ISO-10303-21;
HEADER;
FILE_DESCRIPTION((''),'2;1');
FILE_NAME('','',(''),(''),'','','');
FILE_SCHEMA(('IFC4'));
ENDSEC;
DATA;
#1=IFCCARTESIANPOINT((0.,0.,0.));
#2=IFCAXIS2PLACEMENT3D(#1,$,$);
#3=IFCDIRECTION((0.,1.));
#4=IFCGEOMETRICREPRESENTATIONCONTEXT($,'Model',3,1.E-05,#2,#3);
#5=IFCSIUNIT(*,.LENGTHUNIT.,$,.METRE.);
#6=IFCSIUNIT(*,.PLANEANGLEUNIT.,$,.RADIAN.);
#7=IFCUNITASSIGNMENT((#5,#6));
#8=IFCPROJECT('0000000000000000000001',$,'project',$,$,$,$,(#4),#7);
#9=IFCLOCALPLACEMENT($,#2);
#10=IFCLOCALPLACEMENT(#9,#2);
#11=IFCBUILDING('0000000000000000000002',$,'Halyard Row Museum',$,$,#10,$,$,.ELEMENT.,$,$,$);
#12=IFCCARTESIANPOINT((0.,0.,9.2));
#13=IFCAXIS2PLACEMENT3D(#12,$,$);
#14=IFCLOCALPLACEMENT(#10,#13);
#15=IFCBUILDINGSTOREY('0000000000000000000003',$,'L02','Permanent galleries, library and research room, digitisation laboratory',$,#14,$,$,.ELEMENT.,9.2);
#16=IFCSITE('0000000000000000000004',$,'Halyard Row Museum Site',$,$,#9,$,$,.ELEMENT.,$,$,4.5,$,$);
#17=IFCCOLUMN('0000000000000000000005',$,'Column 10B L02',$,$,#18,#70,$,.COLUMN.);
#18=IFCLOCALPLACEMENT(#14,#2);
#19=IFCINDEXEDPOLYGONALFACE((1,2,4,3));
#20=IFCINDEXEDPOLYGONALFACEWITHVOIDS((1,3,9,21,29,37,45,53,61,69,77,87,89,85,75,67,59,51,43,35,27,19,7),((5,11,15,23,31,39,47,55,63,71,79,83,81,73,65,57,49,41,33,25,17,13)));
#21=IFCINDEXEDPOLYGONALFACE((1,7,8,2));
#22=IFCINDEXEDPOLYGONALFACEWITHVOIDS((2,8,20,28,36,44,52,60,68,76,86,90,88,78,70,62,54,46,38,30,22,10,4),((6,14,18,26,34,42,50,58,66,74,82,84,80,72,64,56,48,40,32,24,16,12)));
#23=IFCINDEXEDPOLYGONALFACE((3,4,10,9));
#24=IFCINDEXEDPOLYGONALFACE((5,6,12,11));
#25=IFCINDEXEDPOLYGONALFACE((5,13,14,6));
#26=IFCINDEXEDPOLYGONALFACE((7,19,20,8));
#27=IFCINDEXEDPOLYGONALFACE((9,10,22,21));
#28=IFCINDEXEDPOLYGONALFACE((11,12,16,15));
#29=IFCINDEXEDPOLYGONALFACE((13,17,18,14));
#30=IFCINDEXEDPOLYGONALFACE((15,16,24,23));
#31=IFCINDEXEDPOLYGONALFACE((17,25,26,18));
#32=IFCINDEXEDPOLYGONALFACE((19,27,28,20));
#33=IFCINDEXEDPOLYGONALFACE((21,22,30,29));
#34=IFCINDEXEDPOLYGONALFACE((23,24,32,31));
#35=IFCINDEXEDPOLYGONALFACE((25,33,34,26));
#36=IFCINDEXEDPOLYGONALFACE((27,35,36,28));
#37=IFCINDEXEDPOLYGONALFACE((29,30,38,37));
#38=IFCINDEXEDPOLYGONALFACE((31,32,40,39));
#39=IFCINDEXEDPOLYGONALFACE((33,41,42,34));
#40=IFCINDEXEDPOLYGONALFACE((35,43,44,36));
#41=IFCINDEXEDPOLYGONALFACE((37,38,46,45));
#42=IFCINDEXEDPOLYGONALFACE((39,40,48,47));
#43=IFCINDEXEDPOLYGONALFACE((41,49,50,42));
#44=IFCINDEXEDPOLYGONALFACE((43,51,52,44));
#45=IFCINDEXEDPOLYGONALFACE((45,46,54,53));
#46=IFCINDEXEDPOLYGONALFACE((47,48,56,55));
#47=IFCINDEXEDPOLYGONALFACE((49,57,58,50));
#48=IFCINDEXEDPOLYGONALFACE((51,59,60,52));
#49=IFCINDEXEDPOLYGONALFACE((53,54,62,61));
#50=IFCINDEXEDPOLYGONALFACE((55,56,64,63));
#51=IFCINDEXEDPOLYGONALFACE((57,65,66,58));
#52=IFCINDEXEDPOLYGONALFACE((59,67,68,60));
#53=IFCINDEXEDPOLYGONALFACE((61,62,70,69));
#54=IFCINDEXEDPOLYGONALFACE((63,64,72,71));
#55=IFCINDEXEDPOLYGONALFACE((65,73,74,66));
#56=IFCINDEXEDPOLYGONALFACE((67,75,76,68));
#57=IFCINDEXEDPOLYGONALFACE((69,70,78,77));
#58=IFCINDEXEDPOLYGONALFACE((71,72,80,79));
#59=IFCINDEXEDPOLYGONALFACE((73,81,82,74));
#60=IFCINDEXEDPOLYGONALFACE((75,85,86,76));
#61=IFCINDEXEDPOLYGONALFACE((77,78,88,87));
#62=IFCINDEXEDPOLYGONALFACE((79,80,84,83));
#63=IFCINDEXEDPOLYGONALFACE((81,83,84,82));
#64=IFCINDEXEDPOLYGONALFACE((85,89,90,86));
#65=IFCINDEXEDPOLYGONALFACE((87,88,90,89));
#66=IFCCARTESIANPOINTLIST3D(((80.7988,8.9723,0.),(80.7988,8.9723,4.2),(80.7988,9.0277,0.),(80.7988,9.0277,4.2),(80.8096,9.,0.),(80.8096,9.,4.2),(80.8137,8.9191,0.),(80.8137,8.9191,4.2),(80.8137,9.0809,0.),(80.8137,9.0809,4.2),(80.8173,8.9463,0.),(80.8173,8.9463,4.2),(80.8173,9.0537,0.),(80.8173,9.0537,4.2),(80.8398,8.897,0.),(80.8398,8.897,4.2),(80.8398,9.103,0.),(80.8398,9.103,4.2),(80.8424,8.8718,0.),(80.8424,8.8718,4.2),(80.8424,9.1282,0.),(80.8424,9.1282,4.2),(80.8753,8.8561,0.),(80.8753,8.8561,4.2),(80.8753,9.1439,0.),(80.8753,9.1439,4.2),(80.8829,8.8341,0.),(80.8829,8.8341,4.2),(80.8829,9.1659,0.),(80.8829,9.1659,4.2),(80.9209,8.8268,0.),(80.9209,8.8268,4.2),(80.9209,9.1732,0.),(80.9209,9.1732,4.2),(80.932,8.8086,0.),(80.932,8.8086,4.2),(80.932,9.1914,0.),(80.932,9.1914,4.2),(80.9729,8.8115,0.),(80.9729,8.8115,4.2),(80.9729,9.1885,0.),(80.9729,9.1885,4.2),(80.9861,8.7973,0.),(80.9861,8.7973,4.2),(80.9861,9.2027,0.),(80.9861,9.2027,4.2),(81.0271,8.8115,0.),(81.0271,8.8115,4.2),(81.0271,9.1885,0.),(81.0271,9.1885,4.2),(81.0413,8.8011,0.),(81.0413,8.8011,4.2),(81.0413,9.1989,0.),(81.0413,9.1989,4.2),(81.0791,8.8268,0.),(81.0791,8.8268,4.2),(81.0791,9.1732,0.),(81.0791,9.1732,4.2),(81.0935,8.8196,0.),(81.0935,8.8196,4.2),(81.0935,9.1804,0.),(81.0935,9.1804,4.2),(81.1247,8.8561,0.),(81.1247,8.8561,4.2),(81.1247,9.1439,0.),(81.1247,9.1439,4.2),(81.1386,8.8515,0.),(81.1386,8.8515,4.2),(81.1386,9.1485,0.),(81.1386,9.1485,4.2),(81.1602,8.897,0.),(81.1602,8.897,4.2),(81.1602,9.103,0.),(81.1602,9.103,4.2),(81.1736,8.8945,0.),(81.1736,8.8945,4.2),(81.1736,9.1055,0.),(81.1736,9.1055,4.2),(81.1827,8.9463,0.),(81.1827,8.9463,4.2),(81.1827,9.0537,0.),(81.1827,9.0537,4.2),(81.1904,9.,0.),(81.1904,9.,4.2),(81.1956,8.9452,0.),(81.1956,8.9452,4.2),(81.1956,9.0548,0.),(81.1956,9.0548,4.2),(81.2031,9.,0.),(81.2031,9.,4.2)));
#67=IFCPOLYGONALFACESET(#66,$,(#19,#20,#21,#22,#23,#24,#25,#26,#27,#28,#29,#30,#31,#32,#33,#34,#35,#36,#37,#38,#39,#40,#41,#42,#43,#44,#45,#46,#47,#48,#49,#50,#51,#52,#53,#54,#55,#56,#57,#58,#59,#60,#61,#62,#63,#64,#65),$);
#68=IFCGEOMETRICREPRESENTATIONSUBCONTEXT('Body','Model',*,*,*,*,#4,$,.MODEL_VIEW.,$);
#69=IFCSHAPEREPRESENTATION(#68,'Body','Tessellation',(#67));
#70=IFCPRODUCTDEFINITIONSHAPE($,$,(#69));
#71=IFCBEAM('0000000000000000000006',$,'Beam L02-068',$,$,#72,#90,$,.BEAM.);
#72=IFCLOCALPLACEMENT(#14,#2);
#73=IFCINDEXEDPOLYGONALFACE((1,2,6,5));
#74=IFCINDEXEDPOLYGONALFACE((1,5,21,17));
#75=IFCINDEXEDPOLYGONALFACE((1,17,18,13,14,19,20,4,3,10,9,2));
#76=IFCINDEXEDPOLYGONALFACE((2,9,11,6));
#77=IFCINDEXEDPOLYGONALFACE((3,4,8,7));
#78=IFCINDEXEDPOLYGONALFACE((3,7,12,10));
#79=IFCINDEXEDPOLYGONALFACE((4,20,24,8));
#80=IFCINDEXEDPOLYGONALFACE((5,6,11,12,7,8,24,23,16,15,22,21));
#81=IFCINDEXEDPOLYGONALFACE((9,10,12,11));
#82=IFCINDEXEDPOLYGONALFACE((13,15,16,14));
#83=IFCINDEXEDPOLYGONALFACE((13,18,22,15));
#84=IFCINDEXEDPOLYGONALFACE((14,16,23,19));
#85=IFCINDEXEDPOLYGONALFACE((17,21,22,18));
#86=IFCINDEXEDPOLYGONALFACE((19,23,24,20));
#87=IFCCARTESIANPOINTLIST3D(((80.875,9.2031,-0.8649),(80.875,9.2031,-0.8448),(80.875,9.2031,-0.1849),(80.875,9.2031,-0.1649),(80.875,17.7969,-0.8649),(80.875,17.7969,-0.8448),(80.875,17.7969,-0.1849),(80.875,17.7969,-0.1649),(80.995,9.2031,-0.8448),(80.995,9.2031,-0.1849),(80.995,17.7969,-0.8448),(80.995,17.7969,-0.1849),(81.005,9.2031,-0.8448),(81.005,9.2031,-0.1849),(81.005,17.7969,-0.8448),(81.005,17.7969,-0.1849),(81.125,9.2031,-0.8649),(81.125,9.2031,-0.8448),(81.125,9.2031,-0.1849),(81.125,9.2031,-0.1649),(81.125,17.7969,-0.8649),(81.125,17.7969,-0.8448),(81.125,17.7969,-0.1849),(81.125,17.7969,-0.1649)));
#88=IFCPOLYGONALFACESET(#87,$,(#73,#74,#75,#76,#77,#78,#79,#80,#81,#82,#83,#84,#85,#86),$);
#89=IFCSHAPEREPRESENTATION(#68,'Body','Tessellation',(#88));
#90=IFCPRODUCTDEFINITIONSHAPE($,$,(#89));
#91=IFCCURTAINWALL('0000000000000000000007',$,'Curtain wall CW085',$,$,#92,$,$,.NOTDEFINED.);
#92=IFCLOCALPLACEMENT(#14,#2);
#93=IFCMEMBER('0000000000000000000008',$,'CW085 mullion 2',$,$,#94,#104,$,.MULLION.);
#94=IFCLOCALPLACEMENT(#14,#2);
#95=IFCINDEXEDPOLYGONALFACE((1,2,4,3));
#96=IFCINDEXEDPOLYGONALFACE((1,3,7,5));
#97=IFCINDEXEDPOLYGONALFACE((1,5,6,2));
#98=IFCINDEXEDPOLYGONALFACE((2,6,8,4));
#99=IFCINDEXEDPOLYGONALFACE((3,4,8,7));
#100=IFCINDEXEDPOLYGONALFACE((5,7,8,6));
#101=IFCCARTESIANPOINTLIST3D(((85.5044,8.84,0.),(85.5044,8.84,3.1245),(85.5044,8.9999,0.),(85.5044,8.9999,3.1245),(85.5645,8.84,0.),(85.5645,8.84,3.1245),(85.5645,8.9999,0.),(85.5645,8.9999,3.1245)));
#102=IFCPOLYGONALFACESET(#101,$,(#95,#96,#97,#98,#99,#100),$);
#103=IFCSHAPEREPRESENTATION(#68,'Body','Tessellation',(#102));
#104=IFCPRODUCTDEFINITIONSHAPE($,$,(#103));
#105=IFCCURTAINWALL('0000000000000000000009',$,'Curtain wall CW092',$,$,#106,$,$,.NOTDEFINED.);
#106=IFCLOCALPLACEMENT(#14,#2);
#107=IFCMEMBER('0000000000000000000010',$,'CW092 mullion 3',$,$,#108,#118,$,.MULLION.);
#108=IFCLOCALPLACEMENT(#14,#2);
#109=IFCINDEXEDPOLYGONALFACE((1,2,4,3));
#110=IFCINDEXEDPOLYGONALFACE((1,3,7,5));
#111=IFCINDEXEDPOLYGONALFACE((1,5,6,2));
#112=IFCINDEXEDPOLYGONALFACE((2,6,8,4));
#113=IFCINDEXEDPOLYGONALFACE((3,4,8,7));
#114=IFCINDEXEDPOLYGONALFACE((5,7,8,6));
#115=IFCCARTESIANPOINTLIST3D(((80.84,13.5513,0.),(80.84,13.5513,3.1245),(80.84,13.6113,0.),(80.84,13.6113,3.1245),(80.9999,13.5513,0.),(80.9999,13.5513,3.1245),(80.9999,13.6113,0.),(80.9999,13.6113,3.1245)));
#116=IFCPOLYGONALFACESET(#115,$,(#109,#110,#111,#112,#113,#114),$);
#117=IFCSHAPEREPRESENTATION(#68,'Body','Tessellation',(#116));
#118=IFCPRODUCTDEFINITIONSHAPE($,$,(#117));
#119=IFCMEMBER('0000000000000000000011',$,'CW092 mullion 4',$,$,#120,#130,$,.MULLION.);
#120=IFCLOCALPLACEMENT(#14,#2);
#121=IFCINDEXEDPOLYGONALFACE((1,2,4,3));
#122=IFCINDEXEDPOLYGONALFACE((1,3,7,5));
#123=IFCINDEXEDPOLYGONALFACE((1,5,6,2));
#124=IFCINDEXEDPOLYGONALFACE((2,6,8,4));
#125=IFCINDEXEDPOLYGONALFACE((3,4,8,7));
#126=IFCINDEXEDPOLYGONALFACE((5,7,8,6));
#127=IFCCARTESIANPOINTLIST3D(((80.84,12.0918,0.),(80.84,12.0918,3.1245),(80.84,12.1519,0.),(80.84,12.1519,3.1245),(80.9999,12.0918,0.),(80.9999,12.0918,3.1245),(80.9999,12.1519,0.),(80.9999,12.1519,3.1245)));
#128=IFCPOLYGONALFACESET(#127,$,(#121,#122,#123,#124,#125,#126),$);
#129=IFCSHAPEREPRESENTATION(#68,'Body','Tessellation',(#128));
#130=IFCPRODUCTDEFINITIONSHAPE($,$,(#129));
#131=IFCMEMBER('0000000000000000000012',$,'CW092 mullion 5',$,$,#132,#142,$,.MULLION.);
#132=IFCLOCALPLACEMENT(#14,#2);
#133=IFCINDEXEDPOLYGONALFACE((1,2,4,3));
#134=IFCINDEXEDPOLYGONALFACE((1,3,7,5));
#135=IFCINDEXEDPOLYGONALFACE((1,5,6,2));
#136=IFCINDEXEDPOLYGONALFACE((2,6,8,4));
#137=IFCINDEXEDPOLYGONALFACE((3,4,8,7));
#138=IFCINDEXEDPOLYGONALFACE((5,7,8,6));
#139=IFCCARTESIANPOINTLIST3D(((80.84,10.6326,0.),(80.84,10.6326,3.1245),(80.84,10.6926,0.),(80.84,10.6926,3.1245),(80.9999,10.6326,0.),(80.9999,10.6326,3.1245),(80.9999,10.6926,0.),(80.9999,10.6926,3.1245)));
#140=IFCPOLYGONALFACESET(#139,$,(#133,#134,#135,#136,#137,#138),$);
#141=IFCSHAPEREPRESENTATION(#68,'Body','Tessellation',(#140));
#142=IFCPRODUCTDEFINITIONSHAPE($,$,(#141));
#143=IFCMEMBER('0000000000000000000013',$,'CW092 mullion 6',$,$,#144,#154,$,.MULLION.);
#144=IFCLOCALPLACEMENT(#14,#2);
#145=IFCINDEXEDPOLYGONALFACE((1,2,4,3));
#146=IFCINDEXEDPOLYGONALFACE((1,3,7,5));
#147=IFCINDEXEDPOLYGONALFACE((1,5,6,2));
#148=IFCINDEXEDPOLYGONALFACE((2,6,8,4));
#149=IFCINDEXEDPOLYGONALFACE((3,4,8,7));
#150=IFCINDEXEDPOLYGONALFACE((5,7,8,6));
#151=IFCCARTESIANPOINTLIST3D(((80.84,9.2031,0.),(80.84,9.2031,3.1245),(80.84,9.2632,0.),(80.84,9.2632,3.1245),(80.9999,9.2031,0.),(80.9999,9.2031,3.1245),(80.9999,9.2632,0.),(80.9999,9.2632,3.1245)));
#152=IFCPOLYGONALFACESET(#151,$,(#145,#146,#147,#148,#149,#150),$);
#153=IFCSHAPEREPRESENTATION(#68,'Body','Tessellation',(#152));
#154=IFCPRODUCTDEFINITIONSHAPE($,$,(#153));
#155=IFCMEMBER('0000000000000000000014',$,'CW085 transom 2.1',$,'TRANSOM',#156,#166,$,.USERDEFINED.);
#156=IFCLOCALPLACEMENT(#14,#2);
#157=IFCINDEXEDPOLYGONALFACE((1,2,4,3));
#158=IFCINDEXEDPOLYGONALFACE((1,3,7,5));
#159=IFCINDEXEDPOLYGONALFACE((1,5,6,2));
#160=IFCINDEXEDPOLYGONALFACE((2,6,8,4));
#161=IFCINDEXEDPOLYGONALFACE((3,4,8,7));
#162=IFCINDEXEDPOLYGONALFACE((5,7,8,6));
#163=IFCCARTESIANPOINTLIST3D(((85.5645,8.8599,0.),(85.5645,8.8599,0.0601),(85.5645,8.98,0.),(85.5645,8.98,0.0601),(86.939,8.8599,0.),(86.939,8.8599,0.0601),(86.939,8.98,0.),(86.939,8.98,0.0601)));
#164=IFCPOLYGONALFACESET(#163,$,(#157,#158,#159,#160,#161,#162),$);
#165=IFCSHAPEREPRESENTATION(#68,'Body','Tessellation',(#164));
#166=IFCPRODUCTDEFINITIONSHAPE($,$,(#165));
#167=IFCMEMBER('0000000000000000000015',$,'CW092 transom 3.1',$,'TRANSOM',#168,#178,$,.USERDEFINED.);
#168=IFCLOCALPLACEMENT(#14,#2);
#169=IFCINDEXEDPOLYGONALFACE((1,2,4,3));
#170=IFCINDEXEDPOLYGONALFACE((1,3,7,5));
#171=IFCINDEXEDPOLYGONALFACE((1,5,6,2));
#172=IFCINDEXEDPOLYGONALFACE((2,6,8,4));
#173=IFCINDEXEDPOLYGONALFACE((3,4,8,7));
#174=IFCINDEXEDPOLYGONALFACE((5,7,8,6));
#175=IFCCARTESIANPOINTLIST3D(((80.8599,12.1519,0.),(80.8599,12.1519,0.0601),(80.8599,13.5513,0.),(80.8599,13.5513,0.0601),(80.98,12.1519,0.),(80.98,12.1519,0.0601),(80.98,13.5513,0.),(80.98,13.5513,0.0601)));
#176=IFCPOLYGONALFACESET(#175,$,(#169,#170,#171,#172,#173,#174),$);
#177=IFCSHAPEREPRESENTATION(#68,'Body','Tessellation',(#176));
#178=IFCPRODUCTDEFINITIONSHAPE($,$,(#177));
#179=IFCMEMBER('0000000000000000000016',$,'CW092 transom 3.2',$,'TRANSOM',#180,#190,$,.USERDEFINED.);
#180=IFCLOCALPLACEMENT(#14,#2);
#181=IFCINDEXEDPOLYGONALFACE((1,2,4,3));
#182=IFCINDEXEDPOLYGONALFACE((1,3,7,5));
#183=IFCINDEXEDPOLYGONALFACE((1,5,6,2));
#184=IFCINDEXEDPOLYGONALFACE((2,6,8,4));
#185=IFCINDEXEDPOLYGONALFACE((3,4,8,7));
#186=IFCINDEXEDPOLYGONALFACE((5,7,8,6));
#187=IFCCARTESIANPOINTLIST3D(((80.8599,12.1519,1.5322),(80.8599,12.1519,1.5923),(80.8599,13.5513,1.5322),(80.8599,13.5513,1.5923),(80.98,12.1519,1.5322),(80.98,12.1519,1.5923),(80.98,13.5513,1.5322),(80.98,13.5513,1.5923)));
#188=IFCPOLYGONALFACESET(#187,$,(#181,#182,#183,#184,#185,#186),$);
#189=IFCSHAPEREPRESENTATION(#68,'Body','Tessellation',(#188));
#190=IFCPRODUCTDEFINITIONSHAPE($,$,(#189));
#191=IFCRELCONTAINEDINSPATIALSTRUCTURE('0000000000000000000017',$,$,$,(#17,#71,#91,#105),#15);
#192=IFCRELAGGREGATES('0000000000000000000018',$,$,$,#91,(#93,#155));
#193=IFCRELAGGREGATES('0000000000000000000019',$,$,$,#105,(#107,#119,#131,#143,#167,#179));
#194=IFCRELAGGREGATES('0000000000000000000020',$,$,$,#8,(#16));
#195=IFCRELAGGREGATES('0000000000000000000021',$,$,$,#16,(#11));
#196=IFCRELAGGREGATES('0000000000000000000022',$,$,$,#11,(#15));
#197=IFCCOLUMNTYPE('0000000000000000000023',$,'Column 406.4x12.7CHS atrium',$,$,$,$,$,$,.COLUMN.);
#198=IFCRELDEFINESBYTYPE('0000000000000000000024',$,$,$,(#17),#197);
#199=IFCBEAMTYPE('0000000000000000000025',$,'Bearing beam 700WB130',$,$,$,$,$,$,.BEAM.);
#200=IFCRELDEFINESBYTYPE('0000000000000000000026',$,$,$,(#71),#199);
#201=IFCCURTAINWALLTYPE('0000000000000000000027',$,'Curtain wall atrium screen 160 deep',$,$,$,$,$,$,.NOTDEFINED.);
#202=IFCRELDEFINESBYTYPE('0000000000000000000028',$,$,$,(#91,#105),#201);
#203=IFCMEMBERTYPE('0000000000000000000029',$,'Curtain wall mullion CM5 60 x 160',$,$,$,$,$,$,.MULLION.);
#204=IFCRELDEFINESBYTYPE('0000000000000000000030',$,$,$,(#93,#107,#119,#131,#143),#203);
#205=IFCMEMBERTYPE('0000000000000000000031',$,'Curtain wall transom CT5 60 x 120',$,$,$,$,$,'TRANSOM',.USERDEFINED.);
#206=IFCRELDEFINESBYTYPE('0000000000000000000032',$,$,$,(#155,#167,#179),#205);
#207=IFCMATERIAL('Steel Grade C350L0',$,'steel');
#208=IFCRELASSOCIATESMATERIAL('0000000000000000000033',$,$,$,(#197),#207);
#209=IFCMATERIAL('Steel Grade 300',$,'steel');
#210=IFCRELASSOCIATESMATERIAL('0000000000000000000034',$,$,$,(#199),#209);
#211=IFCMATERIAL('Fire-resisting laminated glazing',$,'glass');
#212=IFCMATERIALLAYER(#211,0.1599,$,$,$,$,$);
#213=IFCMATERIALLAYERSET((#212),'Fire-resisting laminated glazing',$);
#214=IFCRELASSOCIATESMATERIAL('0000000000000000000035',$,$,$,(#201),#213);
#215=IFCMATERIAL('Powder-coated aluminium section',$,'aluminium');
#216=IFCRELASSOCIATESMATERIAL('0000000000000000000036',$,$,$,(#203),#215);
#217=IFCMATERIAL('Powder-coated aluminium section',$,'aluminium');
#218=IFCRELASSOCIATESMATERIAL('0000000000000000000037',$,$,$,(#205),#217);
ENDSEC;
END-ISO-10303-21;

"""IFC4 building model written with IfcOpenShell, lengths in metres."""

from ifc_helpers import new_model, si_unit, direction, frame, origin, origin_2d, place, context, subcontext, project, spatial, rectangle, hollow_circle, i_section, extrude, material, layer, layer_set, material_profile, profile_set, type_object, element, aggregate, save


model = new_model("IFC4")

# Units and contexts
model_context = context("Model", 3, precision=1e-05, world=origin(), true_north=direction((0.0, 1.0)))
body_context = subcontext(model_context, "Body", "Model", "MODEL_VIEW")
ifc_project = project(units=[si_unit("LENGTHUNIT", "METRE"), si_unit("PLANEANGLEUNIT", "RADIAN")], contexts=[model_context])

# Site, building, storey
site_placement = place(None, origin())
site = spatial("IfcSite", under=ifc_project, at=site_placement, Name="Halyard Row Museum Site", CompositionType="ELEMENT", RefElevation=4.5)
building_placement = place(site_placement, origin())
building = spatial("IfcBuilding", under=site, at=building_placement, Name="Halyard Row Museum", CompositionType="ELEMENT")
storey_placement = place(building_placement, frame((0.0, 0.0, 9.2)))
storey = spatial("IfcBuildingStorey", under=building, at=storey_placement, Name="L02", Description="Permanent galleries, library and research room, digitisation laboratory", CompositionType="ELEMENT", Elevation=9.2)

# Column
ifc_material_1 = material(Name="Steel Grade C350L0", Category="steel")
ifc_material_profile_1 = material_profile(ifc_material_1, hollow_circle(Radius=0.2031, WallThickness=0.0127, at=origin_2d()), Name="406.4x12.7CHS")
ifc_profile_set_1 = profile_set([ifc_material_profile_1], Name="Steel Grade C350L0")
column_type = type_object("IfcColumnType", Name="Column 406.4x12.7CHS atrium", PredefinedType="COLUMN", material=ifc_profile_set_1)
column_placement = place(storey_placement, frame((81.0, 9.0, 0.0), z_axis=(0.0, 0.0, 1.0), x_axis=(1.0, 0.0, 0.0)))
element("IfcColumn", 1, at=column_placement, inside=storey, type_object=column_type, Name="Column 10B L02", PredefinedType="COLUMN", context=body_context, shape_type="SweptSolid", body=[
    extrude(hollow_circle(Radius=0.2031, WallThickness=0.0127, at=origin_2d()), origin(), (0.0, 0.0, 1.0), 4.2),
])

# Beam
ifc_material_2 = material(Name="Steel Grade 300", Category="steel")
ifc_material_profile_2 = material_profile(ifc_material_2, i_section(OverallWidth=0.25, OverallDepth=0.7, WebThickness=0.01, FlangeThickness=0.02, at=origin_2d()), Name="700WB130")
ifc_profile_set_2 = profile_set([ifc_material_profile_2], Name="Steel Grade 300")
beam_type_1 = type_object("IfcBeamType", Name="Bearing beam 700WB130", PredefinedType="BEAM", material=ifc_profile_set_2)
beam_1_placement = place(storey_placement, frame((81.0, 9.2031, -0.5149), z_axis=(0.0, 1.0, 0.0), x_axis=(-1.0, 0.0, 0.0)))
element("IfcBeam", 2, at=beam_1_placement, inside=storey, type_object=beam_type_1, Name="Beam L02-068", PredefinedType="BEAM", context=body_context, shape_type="SweptSolid", body=[
    extrude(i_section(OverallWidth=0.25, OverallDepth=0.7, WebThickness=0.01, FlangeThickness=0.02, at=origin_2d()), origin(), (0.0, 0.0, 1.0), 8.5938),
])

# Curtain wall, member
ifc_material_3 = material(Name="Fire-resisting laminated glazing", Category="glass")
ifc_layer_1 = layer(ifc_material_3, 0.1599)
ifc_layer_set_1 = layer_set([ifc_layer_1], Name="Fire-resisting laminated glazing")
curtain_wall_type = type_object("IfcCurtainWallType", Name="Curtain wall atrium screen 160 deep", PredefinedType="NOTDEFINED", material=ifc_layer_set_1)
curtain_wall_1_placement = place(storey_placement, origin())
curtain_wall_1 = element("IfcCurtainWall", 3, at=curtain_wall_1_placement, inside=storey, type_object=curtain_wall_type, Name="Curtain wall CW085", PredefinedType="NOTDEFINED")
ifc_material_4 = material(Name="Powder-coated aluminium section", Category="aluminium")
ifc_material_profile_3 = material_profile(ifc_material_4, rectangle(XDim=0.1599, YDim=0.0601, at=origin_2d()), Name="160x60 mullion")
ifc_profile_set_3 = profile_set([ifc_material_profile_3], Name="Powder-coated aluminium section")
member_type_1 = type_object("IfcMemberType", Name="Curtain wall mullion CM5 60 x 160", PredefinedType="MULLION", material=ifc_profile_set_3)
member_1_placement = place(storey_placement, frame((85.5344, 8.9199, 0.0), z_axis=(0.0, 0.0, 1.0), x_axis=(0.0, 1.0, 0.0)))
member_1 = element("IfcMember", 4, at=member_1_placement, type_object=member_type_1, Name="CW085 mullion 2", PredefinedType="MULLION", context=body_context, shape_type="SweptSolid", body=[
    extrude(rectangle(XDim=0.1599, YDim=0.0601, at=origin_2d()), origin(), (0.0, 0.0, 1.0), 3.1245),
])

# Curtain wall, members
curtain_wall_2_placement = place(storey_placement, origin())
curtain_wall_2 = element("IfcCurtainWall", 5, at=curtain_wall_2_placement, inside=storey, type_object=curtain_wall_type, Name="Curtain wall CW092", PredefinedType="NOTDEFINED")
member_2_placement = place(storey_placement, frame((80.9199, 13.5813, 0.0), z_axis=(0.0, 0.0, 1.0), x_axis=(1.0, 0.0, 0.0)))
member_2 = element("IfcMember", 6, at=member_2_placement, type_object=member_type_1, Name="CW092 mullion 3", PredefinedType="MULLION", context=body_context, shape_type="SweptSolid", body=[
    extrude(rectangle(XDim=0.1599, YDim=0.0601, at=origin_2d()), origin(), (0.0, 0.0, 1.0), 3.1245),
])
member_3_placement = place(storey_placement, frame((80.9199, 12.1218, 0.0), z_axis=(0.0, 0.0, 1.0), x_axis=(1.0, 0.0, 0.0)))
member_3 = element("IfcMember", 7, at=member_3_placement, type_object=member_type_1, Name="CW092 mullion 4", PredefinedType="MULLION", context=body_context, shape_type="SweptSolid", body=[
    extrude(rectangle(XDim=0.1599, YDim=0.0601, at=origin_2d()), origin(), (0.0, 0.0, 1.0), 3.1245),
])
member_4_placement = place(storey_placement, frame((80.9199, 10.6626, 0.0), z_axis=(0.0, 0.0, 1.0), x_axis=(1.0, 0.0, 0.0)))
member_4 = element("IfcMember", 8, at=member_4_placement, type_object=member_type_1, Name="CW092 mullion 5", PredefinedType="MULLION", context=body_context, shape_type="SweptSolid", body=[
    extrude(rectangle(XDim=0.1599, YDim=0.0601, at=origin_2d()), origin(), (0.0, 0.0, 1.0), 3.1245),
])
member_5_placement = place(storey_placement, frame((80.9199, 9.2332, 0.0), z_axis=(0.0, 0.0, 1.0), x_axis=(1.0, 0.0, 0.0)))
member_5 = element("IfcMember", 9, at=member_5_placement, type_object=member_type_1, Name="CW092 mullion 6", PredefinedType="MULLION", context=body_context, shape_type="SweptSolid", body=[
    extrude(rectangle(XDim=0.1599, YDim=0.0601, at=origin_2d()), origin(), (0.0, 0.0, 1.0), 3.1245),
])

# Members
ifc_material_5 = material(Name="Powder-coated aluminium section", Category="aluminium")
ifc_material_profile_4 = material_profile(ifc_material_5, rectangle(XDim=0.1201, YDim=0.0601, at=origin_2d()), Name="120x60 transom")
ifc_profile_set_4 = profile_set([ifc_material_profile_4], Name="Powder-coated aluminium section")
member_type_2 = type_object("IfcMemberType", Name="Curtain wall transom CT5 60 x 120", ElementType="TRANSOM", PredefinedType="USERDEFINED", material=ifc_profile_set_4)
member_6_placement = place(storey_placement, frame((85.5645, 8.9199, 0.03), z_axis=(1.0, 0.0, 0.0), x_axis=(0.0, 1.0, 0.0)))
member_6 = element("IfcMember", 10, at=member_6_placement, type_object=member_type_2, Name="CW085 transom 2.1", ObjectType="TRANSOM", PredefinedType="USERDEFINED", context=body_context, shape_type="SweptSolid", body=[
    extrude(rectangle(XDim=0.1201, YDim=0.0601, at=origin_2d()), origin(), (0.0, 0.0, 1.0), 1.3745),
])
member_7_placement = place(storey_placement, frame((80.9199, 13.5513, 0.03), z_axis=(0.0, -1.0, 0.0), x_axis=(1.0, 0.0, 0.0)))
member_7 = element("IfcMember", 11, at=member_7_placement, type_object=member_type_2, Name="CW092 transom 3.1", ObjectType="TRANSOM", PredefinedType="USERDEFINED", context=body_context, shape_type="SweptSolid", body=[
    extrude(rectangle(XDim=0.1201, YDim=0.0601, at=origin_2d()), origin(), (0.0, 0.0, 1.0), 1.3994),
])
member_8_placement = place(storey_placement, frame((80.9199, 13.5513, 1.5623), z_axis=(0.0, -1.0, 0.0), x_axis=(1.0, 0.0, 0.0)))
member_8 = element("IfcMember", 12, at=member_8_placement, type_object=member_type_2, Name="CW092 transom 3.2", ObjectType="TRANSOM", PredefinedType="USERDEFINED", context=body_context, shape_type="SweptSolid", body=[
    extrude(rectangle(XDim=0.1201, YDim=0.0601, at=origin_2d()), origin(), (0.0, 0.0, 1.0), 1.3994),
])

aggregate(curtain_wall_1, [member_1, member_6])
aggregate(curtain_wall_2, [member_2, member_3, member_4, member_5, member_7, member_8])

save(model, "model.ifc")
